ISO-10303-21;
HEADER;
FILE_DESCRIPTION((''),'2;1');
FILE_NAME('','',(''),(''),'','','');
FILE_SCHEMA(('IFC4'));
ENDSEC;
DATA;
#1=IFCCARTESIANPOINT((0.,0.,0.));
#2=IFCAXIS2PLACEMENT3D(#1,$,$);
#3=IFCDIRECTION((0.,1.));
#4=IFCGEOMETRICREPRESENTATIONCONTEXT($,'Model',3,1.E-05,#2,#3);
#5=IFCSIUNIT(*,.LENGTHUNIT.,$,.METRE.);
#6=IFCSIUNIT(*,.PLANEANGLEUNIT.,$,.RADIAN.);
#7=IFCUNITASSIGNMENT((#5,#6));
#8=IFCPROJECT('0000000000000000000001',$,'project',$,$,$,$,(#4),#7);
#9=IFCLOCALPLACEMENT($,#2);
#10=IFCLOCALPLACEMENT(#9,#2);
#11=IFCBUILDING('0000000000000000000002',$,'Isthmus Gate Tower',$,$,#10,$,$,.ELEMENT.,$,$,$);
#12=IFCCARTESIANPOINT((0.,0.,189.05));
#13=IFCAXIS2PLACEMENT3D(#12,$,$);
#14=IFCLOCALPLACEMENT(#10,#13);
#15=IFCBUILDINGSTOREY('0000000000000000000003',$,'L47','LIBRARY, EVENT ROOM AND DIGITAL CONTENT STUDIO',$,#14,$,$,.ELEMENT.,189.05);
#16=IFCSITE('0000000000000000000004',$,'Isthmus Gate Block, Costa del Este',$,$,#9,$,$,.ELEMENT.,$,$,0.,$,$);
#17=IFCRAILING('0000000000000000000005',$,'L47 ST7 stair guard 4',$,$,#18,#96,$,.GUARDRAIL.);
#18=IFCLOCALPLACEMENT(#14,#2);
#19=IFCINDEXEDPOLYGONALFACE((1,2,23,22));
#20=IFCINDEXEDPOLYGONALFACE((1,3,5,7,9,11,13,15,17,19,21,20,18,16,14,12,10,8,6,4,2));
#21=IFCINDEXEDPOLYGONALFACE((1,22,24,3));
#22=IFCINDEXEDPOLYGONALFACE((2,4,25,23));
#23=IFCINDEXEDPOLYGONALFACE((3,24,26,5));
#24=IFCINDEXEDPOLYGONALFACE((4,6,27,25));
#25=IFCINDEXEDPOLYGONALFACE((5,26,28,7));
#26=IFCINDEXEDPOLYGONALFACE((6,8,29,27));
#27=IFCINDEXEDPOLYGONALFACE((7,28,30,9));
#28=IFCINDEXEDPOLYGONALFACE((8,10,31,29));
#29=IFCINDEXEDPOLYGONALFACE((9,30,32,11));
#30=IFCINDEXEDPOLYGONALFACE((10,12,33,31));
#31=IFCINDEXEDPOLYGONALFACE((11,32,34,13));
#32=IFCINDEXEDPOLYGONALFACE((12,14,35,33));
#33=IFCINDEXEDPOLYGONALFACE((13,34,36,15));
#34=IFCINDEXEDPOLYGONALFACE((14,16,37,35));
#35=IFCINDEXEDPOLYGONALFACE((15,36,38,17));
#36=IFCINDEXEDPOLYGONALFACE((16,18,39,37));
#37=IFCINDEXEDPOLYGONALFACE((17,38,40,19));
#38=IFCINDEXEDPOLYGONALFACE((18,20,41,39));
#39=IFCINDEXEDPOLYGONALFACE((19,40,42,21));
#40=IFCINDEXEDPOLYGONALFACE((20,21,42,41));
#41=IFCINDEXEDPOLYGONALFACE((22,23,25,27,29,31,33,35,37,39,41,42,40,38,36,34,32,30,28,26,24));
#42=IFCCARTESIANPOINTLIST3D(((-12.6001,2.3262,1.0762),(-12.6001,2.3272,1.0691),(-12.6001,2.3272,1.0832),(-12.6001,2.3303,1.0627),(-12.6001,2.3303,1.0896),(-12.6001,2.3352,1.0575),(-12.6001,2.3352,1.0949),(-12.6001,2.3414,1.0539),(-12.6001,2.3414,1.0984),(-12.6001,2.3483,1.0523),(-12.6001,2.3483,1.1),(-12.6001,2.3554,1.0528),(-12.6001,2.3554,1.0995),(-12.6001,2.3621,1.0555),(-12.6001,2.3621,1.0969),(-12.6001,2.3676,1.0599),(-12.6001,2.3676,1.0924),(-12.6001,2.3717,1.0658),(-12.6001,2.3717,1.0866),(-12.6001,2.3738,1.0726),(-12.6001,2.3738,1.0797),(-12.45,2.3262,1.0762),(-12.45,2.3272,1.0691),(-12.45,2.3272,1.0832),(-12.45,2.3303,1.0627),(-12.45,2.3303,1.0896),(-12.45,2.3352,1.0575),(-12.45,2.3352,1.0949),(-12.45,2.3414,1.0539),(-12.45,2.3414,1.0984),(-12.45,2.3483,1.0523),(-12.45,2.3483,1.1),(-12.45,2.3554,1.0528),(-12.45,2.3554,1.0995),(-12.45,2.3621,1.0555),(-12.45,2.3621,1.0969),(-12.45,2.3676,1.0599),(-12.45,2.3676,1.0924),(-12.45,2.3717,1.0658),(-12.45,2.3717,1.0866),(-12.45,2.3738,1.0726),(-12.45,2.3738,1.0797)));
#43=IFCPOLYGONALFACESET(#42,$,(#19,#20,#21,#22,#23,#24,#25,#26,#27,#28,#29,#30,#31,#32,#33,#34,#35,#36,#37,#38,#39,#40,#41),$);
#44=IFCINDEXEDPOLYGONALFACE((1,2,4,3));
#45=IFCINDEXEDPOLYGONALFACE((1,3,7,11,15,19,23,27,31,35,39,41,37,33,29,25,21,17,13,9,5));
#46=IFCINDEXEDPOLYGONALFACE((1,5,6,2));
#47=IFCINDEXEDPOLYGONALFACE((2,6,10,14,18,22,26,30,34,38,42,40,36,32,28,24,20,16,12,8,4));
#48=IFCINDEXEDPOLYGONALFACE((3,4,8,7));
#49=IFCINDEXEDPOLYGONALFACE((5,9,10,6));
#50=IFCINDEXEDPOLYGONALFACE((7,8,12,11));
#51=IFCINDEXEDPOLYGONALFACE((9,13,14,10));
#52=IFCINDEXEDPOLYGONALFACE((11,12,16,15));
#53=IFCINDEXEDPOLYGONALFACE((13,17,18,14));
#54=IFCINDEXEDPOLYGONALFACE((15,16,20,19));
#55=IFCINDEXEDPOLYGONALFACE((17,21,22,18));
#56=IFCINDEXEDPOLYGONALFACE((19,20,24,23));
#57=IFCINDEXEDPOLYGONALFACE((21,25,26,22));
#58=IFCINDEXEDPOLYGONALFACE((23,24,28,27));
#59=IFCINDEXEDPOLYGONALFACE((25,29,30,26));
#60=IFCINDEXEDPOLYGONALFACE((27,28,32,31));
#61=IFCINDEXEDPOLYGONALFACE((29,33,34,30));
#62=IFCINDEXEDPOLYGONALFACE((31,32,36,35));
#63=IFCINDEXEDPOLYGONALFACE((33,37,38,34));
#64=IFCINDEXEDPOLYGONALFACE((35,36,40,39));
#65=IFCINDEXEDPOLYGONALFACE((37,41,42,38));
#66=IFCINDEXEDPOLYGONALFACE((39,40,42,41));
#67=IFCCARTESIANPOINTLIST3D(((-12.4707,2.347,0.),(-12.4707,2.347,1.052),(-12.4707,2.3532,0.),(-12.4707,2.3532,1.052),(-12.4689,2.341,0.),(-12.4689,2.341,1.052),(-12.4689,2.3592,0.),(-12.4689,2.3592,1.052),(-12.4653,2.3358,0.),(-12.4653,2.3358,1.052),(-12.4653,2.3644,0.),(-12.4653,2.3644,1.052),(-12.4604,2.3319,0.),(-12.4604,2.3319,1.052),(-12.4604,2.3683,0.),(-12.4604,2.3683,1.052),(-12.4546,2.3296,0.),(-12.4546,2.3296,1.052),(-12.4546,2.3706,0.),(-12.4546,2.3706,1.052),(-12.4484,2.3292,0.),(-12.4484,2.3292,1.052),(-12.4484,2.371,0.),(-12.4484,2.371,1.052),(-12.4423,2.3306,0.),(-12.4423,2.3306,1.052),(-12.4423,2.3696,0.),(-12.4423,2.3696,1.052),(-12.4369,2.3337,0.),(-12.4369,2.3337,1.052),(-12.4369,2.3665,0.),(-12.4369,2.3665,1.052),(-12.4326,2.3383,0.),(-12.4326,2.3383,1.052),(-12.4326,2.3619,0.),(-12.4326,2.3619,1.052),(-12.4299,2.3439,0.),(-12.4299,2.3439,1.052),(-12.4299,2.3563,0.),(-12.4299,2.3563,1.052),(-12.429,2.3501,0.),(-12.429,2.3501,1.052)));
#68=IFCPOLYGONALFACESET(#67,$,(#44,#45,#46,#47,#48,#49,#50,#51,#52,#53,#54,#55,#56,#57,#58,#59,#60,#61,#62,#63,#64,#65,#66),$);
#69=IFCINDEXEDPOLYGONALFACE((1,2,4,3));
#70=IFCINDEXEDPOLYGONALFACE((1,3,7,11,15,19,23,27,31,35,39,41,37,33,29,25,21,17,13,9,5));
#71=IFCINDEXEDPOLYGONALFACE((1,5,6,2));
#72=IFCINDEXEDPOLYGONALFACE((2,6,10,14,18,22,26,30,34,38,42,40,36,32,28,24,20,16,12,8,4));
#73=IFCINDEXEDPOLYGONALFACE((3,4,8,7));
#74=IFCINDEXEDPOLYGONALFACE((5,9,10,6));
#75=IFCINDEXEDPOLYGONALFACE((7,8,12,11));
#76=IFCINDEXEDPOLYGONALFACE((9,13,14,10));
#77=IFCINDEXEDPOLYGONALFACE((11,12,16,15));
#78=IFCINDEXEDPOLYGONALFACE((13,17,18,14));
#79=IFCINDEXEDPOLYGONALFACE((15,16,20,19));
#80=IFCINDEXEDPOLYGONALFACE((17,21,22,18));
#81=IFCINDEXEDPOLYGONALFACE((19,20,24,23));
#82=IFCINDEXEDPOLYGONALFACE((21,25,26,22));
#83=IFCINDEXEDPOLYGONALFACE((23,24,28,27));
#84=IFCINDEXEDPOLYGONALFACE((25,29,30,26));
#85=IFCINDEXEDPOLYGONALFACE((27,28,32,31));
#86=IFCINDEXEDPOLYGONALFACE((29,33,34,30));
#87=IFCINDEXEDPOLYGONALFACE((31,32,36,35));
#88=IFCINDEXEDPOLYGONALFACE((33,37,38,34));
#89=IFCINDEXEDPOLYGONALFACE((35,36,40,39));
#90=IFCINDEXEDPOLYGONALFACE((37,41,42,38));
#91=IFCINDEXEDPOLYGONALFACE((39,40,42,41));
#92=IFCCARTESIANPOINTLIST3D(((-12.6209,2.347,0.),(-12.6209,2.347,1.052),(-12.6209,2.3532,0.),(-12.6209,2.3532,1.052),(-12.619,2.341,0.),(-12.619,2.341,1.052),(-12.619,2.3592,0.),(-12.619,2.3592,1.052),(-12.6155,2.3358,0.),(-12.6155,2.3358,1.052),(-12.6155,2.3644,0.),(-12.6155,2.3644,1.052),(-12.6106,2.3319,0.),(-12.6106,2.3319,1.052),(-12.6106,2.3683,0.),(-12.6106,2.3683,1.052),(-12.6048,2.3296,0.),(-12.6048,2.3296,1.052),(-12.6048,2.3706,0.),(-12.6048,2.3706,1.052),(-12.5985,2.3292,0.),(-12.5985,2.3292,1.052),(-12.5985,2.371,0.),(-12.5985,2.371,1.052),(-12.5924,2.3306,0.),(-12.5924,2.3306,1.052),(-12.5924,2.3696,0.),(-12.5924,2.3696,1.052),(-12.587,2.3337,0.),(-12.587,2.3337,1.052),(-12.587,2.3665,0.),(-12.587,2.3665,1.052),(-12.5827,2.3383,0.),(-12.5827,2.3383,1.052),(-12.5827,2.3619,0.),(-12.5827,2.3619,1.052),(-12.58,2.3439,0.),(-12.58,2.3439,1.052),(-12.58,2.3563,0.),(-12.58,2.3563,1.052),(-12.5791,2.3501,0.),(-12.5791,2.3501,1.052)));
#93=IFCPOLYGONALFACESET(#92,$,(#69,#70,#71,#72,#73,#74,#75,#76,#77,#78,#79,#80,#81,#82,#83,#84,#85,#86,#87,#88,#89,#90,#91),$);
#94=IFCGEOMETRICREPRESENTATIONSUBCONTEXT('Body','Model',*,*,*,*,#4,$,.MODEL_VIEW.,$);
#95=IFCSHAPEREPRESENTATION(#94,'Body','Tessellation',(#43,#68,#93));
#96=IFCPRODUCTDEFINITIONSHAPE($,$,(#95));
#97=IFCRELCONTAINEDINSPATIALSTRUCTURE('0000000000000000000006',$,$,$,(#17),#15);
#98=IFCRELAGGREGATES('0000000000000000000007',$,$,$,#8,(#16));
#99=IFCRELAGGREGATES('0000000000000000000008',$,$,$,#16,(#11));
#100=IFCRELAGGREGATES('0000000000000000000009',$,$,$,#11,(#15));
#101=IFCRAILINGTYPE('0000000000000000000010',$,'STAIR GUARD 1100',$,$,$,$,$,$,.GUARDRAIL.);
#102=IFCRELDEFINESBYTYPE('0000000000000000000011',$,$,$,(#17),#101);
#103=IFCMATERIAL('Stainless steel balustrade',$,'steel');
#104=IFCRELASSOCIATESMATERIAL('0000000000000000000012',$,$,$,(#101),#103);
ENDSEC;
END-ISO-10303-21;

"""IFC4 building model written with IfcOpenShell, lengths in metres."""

from ifc_helpers import new_model, si_unit, direction, frame, origin, origin_2d, place, context, subcontext, project, spatial, circle, extrude, material, type_object, element, save


model = new_model("IFC4")

# Units and contexts
model_context = context("Model", 3, precision=1e-05, world=origin(), true_north=direction((0.0, 1.0)))
body_context = subcontext(model_context, "Body", "Model", "MODEL_VIEW")
ifc_project = project(units=[si_unit("LENGTHUNIT", "METRE"), si_unit("PLANEANGLEUNIT", "RADIAN")], contexts=[model_context])

# Site, building, storey
site_placement = place(None, origin())
site = spatial("IfcSite", under=ifc_project, at=site_placement, Name="Isthmus Gate Block, Costa del Este", CompositionType="ELEMENT", RefElevation=0.0)
building_placement = place(site_placement, origin())
building = spatial("IfcBuilding", under=site, at=building_placement, Name="Isthmus Gate Tower", CompositionType="ELEMENT")
storey_placement = place(building_placement, frame((0.0, 0.0, 189.05)))
storey = spatial("IfcBuildingStorey", under=building, at=storey_placement, Name="L47", Description="LIBRARY, EVENT ROOM AND DIGITAL CONTENT STUDIO", CompositionType="ELEMENT", Elevation=189.05)

# Railing
ifc_material_1 = material(Name="Stainless steel balustrade", Category="steel")
railing_type_1 = type_object("IfcRailingType", Name="STAIR GUARD 1100", PredefinedType="GUARDRAIL", material=ifc_material_1)
railing_1_placement = place(storey_placement, frame((-12.45, 2.3501, 0.0)))
element("IfcRailing", 1, at=railing_1_placement, inside=storey, type_object=railing_type_1, Name="L47 ST7 stair guard 4", PredefinedType="GUARDRAIL", context=body_context, shape_type="SweptSolid", body=[
    extrude(circle(Radius=0.0239, at=origin_2d()), frame((0.0, 0.0, 1.0762), z_axis=(-1.0, 0.0, 0.0), x_axis=(0.0, -1.0, 0.0)), (0.0, 0.0, 1.0), 0.1501),
    extrude(circle(Radius=0.021, at=origin_2d()), origin(), (0.0, 0.0, 1.0), 1.052),
    extrude(circle(Radius=0.021, at=origin_2d()), frame((-0.1501, 0.0, 0.0)), (0.0, 0.0, 1.0), 1.052),
])

save(model, "model.ifc")
